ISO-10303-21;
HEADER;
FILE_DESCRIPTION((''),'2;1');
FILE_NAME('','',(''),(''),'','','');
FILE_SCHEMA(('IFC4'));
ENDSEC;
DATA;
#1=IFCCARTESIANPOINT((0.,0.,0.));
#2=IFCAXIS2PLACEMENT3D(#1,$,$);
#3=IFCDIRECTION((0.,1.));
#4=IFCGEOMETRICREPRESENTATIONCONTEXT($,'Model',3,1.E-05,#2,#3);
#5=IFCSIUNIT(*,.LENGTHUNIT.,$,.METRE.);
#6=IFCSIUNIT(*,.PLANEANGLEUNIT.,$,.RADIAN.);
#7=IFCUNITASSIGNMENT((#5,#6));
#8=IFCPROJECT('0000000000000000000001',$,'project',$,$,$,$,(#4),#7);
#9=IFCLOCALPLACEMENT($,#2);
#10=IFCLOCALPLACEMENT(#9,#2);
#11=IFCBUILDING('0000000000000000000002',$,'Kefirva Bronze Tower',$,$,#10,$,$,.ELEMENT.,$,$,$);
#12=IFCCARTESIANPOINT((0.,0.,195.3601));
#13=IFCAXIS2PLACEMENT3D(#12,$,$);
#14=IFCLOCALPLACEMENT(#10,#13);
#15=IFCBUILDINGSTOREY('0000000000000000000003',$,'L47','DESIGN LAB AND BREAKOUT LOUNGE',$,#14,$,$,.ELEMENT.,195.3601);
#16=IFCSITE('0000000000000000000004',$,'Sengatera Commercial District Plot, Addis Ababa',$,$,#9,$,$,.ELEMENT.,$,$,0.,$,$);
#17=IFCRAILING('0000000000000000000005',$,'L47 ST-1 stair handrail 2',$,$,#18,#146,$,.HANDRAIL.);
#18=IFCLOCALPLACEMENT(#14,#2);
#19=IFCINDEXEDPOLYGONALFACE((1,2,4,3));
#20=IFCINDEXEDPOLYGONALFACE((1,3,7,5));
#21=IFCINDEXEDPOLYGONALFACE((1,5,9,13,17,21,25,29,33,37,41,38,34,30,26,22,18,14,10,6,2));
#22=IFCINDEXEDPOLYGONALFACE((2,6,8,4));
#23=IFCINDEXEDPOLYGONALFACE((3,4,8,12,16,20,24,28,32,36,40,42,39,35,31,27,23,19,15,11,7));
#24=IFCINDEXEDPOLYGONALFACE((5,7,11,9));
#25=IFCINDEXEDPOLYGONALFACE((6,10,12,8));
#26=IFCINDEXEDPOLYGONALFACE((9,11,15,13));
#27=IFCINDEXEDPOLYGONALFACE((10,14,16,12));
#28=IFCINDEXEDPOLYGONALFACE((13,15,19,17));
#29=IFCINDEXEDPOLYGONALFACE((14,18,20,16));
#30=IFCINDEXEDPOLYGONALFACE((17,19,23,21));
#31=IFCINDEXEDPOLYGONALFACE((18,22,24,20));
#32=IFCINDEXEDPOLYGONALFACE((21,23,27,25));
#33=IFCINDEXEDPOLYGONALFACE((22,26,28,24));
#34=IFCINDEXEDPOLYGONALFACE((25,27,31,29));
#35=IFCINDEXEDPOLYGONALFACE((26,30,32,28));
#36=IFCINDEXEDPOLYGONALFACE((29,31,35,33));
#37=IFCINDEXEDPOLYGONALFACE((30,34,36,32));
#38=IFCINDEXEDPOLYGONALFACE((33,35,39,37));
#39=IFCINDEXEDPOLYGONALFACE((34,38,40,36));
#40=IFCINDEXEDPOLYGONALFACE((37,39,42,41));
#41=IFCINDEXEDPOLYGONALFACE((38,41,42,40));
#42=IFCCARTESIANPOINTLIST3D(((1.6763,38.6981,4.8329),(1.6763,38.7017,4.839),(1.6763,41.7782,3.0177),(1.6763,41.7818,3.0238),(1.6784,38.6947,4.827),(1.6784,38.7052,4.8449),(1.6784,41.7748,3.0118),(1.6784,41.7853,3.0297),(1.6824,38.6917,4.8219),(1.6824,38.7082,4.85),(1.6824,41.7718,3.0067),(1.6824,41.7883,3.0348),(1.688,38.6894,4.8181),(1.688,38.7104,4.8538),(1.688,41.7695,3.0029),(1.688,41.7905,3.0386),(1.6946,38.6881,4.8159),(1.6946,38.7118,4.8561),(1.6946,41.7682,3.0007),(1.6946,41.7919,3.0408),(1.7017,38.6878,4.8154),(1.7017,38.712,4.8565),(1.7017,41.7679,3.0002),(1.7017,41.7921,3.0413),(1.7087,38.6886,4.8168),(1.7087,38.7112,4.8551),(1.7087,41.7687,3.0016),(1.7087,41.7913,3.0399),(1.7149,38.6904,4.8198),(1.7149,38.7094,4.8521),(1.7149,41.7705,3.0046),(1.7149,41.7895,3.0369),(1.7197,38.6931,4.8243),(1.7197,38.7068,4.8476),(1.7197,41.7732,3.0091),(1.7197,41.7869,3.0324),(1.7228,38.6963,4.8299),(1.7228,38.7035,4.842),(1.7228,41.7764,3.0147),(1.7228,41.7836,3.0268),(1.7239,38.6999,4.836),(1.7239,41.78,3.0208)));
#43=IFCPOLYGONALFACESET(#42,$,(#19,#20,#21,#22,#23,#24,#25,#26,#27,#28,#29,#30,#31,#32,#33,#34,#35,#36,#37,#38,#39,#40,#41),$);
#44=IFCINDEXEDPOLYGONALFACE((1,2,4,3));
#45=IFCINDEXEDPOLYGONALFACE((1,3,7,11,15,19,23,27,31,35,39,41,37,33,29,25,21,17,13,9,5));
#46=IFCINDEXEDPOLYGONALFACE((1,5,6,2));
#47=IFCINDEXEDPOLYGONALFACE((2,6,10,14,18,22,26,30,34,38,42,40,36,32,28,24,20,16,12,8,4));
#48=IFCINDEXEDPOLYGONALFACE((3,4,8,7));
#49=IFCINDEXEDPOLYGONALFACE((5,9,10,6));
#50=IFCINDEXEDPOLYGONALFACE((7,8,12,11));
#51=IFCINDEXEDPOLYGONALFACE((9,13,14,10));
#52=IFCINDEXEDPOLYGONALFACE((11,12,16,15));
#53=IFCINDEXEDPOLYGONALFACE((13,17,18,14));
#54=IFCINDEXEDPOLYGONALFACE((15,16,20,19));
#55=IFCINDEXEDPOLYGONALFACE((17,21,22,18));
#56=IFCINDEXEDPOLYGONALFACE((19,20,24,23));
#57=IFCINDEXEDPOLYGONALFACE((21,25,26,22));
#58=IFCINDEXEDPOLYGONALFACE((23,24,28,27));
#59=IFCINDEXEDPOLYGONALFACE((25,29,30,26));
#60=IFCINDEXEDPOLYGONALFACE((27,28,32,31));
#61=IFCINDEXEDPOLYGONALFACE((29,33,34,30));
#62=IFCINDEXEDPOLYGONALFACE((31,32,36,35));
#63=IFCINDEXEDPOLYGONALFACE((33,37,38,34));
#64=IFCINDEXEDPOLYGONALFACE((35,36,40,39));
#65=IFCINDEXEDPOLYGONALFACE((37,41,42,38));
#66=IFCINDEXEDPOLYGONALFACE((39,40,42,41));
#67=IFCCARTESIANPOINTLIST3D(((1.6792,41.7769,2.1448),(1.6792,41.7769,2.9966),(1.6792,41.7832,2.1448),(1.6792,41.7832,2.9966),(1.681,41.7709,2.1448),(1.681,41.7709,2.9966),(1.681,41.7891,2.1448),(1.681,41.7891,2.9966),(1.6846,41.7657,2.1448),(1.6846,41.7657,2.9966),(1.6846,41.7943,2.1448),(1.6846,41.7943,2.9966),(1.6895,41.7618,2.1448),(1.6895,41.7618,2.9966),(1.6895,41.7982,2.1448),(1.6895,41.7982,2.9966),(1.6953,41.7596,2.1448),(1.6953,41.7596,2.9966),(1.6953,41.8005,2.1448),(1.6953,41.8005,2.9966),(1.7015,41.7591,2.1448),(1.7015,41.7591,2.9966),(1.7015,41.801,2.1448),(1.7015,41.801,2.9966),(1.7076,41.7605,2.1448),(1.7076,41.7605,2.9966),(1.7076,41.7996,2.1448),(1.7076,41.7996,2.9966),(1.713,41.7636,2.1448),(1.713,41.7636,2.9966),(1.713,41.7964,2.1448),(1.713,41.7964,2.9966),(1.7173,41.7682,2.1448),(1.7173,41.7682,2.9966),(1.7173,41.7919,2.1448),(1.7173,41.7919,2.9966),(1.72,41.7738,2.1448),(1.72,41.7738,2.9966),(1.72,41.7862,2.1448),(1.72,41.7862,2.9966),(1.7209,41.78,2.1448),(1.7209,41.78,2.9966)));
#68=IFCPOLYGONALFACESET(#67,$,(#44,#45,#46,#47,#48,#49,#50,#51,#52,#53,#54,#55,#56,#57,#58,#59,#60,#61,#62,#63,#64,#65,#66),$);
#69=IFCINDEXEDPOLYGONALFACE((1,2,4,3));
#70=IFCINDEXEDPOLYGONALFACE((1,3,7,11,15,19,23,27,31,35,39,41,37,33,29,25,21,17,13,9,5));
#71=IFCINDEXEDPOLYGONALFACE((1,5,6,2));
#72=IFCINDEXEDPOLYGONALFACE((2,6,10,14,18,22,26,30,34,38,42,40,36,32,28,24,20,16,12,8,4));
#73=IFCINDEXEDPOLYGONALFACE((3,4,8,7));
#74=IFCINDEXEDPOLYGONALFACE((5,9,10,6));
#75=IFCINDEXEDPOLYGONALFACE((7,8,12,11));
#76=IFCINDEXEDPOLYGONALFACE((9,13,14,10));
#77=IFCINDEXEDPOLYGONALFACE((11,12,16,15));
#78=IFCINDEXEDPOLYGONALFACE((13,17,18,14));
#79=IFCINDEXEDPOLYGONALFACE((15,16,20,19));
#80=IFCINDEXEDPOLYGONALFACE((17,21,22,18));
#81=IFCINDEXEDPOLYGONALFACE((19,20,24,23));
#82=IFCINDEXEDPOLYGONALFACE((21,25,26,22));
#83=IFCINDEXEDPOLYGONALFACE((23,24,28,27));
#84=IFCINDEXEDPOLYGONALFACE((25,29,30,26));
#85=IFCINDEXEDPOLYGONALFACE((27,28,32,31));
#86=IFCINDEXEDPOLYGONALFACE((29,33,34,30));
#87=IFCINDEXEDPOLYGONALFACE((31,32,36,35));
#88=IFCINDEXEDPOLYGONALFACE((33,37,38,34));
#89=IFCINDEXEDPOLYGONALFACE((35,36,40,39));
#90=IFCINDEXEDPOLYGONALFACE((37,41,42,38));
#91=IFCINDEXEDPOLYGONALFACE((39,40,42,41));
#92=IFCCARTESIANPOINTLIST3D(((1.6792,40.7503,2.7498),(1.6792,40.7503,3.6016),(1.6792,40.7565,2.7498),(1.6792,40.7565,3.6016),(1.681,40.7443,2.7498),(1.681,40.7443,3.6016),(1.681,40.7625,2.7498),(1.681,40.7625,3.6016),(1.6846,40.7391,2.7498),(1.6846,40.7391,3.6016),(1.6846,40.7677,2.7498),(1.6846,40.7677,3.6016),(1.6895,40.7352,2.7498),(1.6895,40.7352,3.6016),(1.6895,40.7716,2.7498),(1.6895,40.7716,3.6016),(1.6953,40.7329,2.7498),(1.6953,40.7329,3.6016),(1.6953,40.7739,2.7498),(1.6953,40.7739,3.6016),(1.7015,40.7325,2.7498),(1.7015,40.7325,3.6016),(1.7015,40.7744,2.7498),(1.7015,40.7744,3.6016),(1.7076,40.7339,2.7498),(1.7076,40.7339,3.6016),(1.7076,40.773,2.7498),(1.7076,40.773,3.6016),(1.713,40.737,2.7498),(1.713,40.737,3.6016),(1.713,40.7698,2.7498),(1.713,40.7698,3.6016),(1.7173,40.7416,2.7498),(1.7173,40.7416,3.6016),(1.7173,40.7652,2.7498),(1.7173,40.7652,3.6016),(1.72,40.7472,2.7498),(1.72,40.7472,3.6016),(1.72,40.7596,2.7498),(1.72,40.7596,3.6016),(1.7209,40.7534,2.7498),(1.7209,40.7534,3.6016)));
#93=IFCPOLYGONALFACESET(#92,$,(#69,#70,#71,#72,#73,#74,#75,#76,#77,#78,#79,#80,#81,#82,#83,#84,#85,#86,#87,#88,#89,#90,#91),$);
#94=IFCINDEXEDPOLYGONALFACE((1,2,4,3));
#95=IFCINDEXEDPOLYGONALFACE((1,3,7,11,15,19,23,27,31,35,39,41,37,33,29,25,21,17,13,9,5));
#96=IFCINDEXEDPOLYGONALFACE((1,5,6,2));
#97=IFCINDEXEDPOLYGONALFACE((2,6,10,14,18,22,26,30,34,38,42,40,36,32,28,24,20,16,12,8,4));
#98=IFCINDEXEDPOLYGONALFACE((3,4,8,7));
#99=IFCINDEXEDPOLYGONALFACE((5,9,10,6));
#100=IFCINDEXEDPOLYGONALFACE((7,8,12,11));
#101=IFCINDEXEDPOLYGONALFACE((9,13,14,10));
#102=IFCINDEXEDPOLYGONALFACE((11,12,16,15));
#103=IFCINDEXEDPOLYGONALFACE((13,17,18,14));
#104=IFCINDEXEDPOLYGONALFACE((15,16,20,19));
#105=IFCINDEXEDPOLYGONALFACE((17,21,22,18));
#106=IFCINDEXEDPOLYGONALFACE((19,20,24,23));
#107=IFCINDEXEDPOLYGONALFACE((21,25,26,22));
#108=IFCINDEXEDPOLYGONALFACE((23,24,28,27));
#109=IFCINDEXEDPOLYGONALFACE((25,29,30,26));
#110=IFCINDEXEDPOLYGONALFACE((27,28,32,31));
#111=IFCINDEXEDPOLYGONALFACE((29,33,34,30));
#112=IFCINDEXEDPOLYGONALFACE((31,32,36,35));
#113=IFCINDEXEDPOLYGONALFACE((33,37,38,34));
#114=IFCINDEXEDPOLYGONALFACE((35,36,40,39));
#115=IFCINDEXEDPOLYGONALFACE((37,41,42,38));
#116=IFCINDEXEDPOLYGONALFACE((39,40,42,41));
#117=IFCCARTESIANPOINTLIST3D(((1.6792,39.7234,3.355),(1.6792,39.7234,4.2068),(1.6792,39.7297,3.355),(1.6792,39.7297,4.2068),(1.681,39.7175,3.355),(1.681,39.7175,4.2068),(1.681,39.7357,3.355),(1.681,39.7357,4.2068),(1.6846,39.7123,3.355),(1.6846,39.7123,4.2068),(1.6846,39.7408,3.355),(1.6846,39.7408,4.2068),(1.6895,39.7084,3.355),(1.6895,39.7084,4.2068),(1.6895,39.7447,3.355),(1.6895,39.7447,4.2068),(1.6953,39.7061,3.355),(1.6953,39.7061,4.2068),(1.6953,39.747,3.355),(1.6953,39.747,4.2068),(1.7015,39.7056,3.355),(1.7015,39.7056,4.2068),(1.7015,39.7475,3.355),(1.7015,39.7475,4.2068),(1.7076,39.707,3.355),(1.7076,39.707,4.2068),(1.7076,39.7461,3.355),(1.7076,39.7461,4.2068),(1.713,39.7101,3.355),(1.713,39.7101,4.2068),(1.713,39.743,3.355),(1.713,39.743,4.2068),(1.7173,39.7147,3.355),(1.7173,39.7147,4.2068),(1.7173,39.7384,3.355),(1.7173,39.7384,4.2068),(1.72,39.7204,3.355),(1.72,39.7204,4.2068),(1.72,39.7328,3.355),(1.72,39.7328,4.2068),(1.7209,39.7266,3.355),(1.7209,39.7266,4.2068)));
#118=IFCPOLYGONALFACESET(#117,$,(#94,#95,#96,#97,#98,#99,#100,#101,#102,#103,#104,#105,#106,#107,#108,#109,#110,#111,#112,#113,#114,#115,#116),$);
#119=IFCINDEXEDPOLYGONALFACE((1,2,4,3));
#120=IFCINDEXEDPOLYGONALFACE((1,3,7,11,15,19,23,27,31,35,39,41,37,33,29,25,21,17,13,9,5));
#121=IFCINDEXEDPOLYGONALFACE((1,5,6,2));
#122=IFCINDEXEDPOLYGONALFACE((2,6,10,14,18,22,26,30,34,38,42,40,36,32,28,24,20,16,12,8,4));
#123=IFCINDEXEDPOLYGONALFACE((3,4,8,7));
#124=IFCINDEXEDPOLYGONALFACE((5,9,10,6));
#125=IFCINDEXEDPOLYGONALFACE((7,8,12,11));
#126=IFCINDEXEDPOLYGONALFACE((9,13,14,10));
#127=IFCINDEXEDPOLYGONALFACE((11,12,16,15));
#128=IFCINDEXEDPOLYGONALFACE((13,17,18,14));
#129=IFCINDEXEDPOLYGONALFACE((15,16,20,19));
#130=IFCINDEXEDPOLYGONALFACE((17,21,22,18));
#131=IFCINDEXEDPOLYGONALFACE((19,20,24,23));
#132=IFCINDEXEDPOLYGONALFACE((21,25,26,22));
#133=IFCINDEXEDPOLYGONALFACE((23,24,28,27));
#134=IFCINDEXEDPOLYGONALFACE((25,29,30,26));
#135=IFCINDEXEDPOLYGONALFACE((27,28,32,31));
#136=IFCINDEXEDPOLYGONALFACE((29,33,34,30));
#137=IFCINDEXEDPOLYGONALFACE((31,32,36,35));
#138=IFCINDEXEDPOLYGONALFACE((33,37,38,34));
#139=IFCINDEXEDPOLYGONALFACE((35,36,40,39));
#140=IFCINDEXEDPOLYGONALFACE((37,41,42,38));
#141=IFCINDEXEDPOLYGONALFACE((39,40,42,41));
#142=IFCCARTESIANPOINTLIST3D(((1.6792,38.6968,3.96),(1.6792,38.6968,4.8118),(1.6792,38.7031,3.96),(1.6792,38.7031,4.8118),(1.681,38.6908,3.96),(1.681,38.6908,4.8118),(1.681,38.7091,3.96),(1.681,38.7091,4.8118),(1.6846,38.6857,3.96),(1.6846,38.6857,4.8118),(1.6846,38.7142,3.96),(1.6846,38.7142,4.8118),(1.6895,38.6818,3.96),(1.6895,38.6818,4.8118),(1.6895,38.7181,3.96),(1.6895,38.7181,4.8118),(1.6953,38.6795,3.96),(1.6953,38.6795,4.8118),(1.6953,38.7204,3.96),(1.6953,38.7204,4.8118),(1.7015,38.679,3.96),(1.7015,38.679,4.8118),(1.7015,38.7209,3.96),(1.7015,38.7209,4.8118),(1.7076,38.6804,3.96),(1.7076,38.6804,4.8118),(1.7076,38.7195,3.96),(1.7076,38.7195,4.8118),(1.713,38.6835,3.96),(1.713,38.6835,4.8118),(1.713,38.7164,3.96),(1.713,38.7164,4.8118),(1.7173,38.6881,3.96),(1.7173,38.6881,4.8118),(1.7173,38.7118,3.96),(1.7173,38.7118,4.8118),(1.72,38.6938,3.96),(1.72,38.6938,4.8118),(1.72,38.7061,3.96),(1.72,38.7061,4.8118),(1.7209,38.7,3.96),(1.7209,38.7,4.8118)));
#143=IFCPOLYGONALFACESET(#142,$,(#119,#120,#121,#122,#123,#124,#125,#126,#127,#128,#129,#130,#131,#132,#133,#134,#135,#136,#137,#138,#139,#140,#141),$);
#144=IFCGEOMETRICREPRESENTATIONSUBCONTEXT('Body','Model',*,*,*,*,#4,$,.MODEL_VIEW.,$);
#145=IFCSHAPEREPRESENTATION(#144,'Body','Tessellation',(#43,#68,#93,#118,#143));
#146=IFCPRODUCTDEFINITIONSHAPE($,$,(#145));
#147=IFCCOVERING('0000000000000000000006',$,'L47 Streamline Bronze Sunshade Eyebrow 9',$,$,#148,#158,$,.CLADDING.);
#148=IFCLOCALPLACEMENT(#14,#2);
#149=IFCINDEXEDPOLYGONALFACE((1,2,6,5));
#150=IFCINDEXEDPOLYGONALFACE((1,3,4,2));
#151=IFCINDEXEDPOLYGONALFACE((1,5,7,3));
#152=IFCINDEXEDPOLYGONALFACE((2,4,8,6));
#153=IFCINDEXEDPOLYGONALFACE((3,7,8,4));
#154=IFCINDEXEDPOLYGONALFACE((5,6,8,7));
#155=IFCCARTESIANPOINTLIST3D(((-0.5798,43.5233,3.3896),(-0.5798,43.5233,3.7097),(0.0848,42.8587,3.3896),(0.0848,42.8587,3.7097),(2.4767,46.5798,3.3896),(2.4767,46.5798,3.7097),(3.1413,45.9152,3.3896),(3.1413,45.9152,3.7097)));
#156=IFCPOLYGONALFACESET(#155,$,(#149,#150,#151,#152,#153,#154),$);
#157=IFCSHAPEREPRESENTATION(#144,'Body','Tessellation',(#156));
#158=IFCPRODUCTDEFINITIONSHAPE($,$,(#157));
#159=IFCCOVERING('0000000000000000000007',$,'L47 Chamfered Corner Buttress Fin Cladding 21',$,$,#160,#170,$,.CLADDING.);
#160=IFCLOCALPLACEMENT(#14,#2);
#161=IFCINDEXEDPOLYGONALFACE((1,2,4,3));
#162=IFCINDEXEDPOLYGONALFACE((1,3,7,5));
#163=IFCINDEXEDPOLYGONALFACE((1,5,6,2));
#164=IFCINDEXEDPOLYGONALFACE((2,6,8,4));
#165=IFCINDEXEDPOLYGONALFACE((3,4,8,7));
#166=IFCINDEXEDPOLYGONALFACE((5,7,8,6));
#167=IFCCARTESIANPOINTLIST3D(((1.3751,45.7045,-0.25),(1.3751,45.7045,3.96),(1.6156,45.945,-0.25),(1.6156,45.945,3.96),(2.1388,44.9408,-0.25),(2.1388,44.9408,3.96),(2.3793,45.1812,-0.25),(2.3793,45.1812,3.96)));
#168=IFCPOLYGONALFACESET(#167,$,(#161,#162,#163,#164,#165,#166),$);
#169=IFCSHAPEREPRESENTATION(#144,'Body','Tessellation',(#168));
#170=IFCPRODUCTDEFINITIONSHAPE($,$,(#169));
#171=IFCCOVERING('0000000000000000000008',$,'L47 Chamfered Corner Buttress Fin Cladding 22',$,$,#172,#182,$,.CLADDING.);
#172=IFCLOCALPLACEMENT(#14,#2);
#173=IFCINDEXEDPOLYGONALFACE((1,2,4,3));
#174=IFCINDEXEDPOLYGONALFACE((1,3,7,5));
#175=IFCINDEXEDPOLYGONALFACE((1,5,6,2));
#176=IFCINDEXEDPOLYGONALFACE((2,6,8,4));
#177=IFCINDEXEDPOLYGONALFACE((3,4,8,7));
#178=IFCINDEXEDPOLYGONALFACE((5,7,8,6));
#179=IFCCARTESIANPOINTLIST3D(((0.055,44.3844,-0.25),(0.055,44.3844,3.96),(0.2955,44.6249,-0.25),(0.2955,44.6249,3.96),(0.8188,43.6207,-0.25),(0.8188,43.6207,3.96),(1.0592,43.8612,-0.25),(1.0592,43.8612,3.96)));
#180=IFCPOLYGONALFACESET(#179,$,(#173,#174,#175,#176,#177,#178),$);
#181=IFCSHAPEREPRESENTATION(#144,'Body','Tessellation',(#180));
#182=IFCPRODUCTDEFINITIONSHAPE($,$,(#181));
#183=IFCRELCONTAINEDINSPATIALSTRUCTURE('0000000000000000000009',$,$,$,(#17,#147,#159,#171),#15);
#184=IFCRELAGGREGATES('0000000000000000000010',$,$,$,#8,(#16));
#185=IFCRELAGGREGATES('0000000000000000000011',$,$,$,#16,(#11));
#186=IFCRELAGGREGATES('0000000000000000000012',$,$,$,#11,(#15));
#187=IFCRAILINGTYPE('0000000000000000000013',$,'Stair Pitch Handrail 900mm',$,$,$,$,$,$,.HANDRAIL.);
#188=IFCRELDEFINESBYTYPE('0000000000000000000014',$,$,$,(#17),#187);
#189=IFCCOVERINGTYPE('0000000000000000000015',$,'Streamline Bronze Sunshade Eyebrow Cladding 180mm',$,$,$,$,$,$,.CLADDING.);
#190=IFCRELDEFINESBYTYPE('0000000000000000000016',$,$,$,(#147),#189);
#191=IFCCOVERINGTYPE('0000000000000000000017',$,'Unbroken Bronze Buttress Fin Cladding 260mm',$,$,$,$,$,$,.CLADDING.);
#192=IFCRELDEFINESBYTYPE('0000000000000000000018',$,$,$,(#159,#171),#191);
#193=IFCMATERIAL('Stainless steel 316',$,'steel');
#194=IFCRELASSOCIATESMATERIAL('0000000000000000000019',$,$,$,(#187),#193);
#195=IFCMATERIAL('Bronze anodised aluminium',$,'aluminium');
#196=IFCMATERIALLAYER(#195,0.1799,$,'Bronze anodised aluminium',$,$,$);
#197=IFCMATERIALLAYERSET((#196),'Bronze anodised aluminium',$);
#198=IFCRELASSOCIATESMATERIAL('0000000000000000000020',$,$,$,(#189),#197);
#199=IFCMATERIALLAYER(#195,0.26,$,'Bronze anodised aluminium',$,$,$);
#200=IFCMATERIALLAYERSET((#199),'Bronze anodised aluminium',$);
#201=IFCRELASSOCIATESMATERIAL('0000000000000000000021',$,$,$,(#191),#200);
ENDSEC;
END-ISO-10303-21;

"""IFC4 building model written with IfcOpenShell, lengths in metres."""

from ifc_helpers import new_model, si_unit, direction, frame, origin, origin_2d, place, context, subcontext, project, spatial, rectangle, circle, extrude, material, layer, layer_set, type_object, element, save


model = new_model("IFC4")

# Units and contexts
model_context = context("Model", 3, precision=1e-05, world=origin(), true_north=direction((0.0, 1.0)))
body_context = subcontext(model_context, "Body", "Model", "MODEL_VIEW")
ifc_project = project(units=[si_unit("LENGTHUNIT", "METRE"), si_unit("PLANEANGLEUNIT", "RADIAN")], contexts=[model_context])

# Site, building, storey
site_placement = place(None, origin())
site = spatial("IfcSite", under=ifc_project, at=site_placement, Name="Sengatera Commercial District Plot, Addis Ababa", CompositionType="ELEMENT", RefElevation=0.0)
building_placement = place(site_placement, origin())
building = spatial("IfcBuilding", under=site, at=building_placement, Name="Kefirva Bronze Tower", CompositionType="ELEMENT")
storey_placement = place(building_placement, frame((0.0, 0.0, 195.3601)))
storey = spatial("IfcBuildingStorey", under=building, at=storey_placement, Name="L47", Description="DESIGN LAB AND BREAKOUT LOUNGE", CompositionType="ELEMENT", Elevation=195.3601)

# Shared definitions
ifc_material_1 = material(Name="Bronze anodised aluminium", Category="aluminium")

# Railing
ifc_material_2 = material(Name="Stainless steel 316", Category="steel")
railing_type_1 = type_object("IfcRailingType", Name="Stair Pitch Handrail 900mm", PredefinedType="HANDRAIL", material=ifc_material_2)
railing_1_placement = place(storey_placement, frame((1.7, 41.78, 2.1448)))
element("IfcRailing", 1, at=railing_1_placement, inside=storey, type_object=railing_type_1, Name="L47 ST-1 stair handrail 2", PredefinedType="HANDRAIL", context=body_context, shape_type="SweptSolid", body=[
    extrude(circle(Radius=0.0239, at=origin_2d()), frame((0.0, 0.0, 0.876), z_axis=(0.0, -0.861521, 0.507721), x_axis=(1.0, 0.0, 0.0)), (0.0, 0.0, 1.0), 3.5752),
    extrude(circle(Radius=0.021, at=origin_2d()), origin(), (0.0, 0.0, 1.0), 0.8518),
    extrude(circle(Radius=0.021, at=origin_2d()), frame((0.0, -1.0266, 0.605)), (0.0, 0.0, 1.0), 0.8518),
    extrude(circle(Radius=0.021, at=origin_2d()), frame((0.0, -2.0535, 1.2102)), (0.0, 0.0, 1.0), 0.8518),
    extrude(circle(Radius=0.021, at=origin_2d()), frame((0.0, -3.0801, 1.8152)), (0.0, 0.0, 1.0), 0.8518),
])

# Coverings
ifc_layer_1 = layer(ifc_material_1, 0.1799, Name="Bronze anodised aluminium")
ifc_layer_set_1 = layer_set([ifc_layer_1], Name="Bronze anodised aluminium")
covering_type_1 = type_object("IfcCoveringType", Name="Streamline Bronze Sunshade Eyebrow Cladding 180mm", PredefinedType="CLADDING", material=ifc_layer_set_1)
covering_1_placement = place(storey_placement, frame((1.2808, 44.7192, 3.3896), z_axis=(0.0, 0.0, 1.0), x_axis=(-0.707107, -0.707107, 0.0)))
element("IfcCovering", 2, at=covering_1_placement, inside=storey, type_object=covering_type_1, Name="L47 Streamline Bronze Sunshade Eyebrow 9", PredefinedType="CLADDING", context=body_context, shape_type="SweptSolid", body=[
    extrude(rectangle(XDim=4.3225, YDim=0.9399, at=origin_2d()), origin(), (0.0, 0.0, 1.0), 0.3201),
])
ifc_layer_2 = layer(ifc_material_1, 0.26, Name="Bronze anodised aluminium")
ifc_layer_set_2 = layer_set([ifc_layer_2], Name="Bronze anodised aluminium")
covering_type_2 = type_object("IfcCoveringType", Name="Unbroken Bronze Buttress Fin Cladding 260mm", PredefinedType="CLADDING", material=ifc_layer_set_2)
for number, where, z_axis, x_axis, name in (
    (3, (1.8772, 45.4429, -0.25), (0.0, 0.0, 1.0), (-0.707107, -0.707107, 0.0), "L47 Chamfered Corner Buttress Fin Cladding 21"),
    (4, (0.5571, 44.1228, -0.25), (0.0, 0.0, 1.0), (-0.707107, -0.707107, 0.0), "L47 Chamfered Corner Buttress Fin Cladding 22"),
):
    element("IfcCovering", number, at=place(storey_placement, frame(where, z_axis=z_axis, x_axis=x_axis)), inside=storey, type_object=covering_type_2, Name=name, PredefinedType="CLADDING", context=body_context, shape_type="SweptSolid", body=[
        extrude(rectangle(XDim=0.3401, YDim=1.0801, at=origin_2d()), origin(), (0.0, 0.0, 1.0), 4.21),
    ])

save(model, "model.ifc")
